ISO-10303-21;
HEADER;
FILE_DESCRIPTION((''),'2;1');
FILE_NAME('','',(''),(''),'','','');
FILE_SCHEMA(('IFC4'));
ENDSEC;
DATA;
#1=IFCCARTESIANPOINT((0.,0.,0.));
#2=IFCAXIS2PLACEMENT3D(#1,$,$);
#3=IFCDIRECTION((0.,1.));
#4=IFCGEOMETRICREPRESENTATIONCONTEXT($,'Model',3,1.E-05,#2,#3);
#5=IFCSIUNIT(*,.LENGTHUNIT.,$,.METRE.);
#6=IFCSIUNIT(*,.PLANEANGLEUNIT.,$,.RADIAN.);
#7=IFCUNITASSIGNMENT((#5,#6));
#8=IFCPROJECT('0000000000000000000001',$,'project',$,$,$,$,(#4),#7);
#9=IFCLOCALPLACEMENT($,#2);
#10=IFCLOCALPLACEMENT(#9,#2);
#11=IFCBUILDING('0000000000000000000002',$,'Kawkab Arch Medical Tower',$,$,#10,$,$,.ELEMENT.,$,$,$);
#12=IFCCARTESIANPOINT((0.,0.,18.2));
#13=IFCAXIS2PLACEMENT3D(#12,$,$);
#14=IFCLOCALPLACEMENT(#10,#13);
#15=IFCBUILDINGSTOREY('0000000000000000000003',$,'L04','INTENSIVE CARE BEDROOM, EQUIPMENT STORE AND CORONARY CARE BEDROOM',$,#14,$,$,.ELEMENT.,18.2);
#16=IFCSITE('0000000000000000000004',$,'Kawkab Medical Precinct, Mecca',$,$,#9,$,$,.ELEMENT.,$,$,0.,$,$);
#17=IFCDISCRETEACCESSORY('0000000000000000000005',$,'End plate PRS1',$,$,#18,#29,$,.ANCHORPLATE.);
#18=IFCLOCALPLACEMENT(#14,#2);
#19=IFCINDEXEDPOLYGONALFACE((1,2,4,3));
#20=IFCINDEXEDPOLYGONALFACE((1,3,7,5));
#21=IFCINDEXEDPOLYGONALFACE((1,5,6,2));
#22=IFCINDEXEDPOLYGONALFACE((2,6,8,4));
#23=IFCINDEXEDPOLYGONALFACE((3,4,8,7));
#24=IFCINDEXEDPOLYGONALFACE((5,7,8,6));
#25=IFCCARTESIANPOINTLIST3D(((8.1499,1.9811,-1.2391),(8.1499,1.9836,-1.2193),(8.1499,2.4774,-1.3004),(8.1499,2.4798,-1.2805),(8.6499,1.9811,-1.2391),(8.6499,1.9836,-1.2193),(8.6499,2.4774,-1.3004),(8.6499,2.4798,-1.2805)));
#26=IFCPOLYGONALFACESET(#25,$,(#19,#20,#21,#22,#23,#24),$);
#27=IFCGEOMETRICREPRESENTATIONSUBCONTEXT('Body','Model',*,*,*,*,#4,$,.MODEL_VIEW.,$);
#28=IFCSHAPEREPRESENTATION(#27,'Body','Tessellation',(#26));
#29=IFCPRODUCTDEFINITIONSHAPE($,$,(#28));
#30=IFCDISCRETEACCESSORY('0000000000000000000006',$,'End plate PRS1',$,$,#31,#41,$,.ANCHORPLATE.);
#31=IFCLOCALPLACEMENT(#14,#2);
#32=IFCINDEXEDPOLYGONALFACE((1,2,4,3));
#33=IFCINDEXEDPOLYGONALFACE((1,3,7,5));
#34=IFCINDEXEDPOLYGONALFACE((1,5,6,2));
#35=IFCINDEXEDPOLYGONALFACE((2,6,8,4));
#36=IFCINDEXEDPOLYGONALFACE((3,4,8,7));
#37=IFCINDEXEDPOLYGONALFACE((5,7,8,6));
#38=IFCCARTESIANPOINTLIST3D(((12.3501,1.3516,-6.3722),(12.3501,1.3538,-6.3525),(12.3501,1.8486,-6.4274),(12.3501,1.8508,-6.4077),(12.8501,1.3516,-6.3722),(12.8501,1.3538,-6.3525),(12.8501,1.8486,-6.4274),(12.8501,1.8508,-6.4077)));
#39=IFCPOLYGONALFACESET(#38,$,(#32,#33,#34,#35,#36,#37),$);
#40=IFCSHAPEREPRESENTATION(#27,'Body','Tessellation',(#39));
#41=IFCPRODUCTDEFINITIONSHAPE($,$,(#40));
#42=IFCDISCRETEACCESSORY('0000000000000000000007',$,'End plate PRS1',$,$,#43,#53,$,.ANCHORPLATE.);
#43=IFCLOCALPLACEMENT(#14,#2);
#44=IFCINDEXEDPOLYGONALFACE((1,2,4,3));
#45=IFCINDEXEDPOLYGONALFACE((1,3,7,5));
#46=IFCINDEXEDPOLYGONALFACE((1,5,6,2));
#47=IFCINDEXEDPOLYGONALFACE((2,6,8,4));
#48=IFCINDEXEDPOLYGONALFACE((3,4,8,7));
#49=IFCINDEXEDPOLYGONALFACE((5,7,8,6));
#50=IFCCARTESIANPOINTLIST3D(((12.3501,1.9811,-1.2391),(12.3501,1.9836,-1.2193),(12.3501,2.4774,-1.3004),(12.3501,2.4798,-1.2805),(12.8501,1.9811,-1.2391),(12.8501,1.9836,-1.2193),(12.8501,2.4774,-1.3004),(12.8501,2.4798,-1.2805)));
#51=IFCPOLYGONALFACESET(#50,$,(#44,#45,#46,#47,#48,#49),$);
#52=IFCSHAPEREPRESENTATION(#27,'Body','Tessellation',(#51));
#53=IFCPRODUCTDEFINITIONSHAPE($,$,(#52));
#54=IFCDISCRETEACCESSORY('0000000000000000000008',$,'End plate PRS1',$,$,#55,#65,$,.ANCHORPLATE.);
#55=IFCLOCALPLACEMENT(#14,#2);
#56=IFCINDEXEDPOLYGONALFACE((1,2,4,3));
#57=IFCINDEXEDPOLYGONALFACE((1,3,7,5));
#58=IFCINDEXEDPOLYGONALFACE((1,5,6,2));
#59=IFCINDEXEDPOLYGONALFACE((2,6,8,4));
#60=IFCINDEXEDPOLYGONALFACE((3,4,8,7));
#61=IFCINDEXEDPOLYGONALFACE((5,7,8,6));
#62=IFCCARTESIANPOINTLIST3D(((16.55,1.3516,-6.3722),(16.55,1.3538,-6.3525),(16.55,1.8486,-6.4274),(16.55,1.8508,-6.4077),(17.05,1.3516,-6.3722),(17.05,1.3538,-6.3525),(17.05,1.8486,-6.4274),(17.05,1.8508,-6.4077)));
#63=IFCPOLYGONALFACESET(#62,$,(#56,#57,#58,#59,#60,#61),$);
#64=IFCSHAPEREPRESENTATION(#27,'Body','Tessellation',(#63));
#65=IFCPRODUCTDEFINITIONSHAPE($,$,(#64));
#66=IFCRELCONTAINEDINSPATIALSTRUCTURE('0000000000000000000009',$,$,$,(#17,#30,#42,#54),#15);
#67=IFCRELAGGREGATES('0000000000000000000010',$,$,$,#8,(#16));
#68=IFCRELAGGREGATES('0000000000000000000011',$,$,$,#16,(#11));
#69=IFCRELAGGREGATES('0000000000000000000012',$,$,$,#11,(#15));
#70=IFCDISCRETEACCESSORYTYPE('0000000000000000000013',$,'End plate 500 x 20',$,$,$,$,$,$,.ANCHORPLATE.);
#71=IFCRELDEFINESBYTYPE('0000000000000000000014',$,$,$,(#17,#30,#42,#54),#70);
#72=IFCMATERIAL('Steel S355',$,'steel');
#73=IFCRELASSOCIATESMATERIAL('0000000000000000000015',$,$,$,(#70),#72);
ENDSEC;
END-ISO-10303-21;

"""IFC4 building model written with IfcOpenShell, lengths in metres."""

from ifc_helpers import new_model, si_unit, direction, frame, origin, origin_2d, place, context, subcontext, project, spatial, rectangle, extrude, material, material_profile, profile_set, type_object, element, save


model = new_model("IFC4")

# Units and contexts
model_context = context("Model", 3, precision=1e-05, world=origin(), true_north=direction((0.0, 1.0)))
body_context = subcontext(model_context, "Body", "Model", "MODEL_VIEW")
ifc_project = project(units=[si_unit("LENGTHUNIT", "METRE"), si_unit("PLANEANGLEUNIT", "RADIAN")], contexts=[model_context])

# Site, building, storey
site_placement = place(None, origin())
site = spatial("IfcSite", under=ifc_project, at=site_placement, Name="Kawkab Medical Precinct, Mecca", CompositionType="ELEMENT", RefElevation=0.0)
building_placement = place(site_placement, origin())
building = spatial("IfcBuilding", under=site, at=building_placement, Name="Kawkab Arch Medical Tower", CompositionType="ELEMENT")
storey_placement = place(building_placement, frame((0.0, 0.0, 18.2)))
storey = spatial("IfcBuildingStorey", under=building, at=storey_placement, Name="L04", Description="INTENSIVE CARE BEDROOM, EQUIPMENT STORE AND CORONARY CARE BEDROOM", CompositionType="ELEMENT", Elevation=18.2)

# Discrete accessories
ifc_material_1 = material(Name="Steel S355", Category="steel")
ifc_material_profile_1 = material_profile(ifc_material_1, rectangle(XDim=0.5, YDim=0.5, at=origin_2d()), Name="End plate 500 x 20")
ifc_profile_set_1 = profile_set([ifc_material_profile_1], Name="Steel S355")
discrete_accessory_type = type_object("IfcDiscreteAccessoryType", Name="End plate 500 x 20", PredefinedType="ANCHORPLATE", material=ifc_profile_set_1)
discrete_accessory_1_placement = place(storey_placement, frame((8.3999, 2.2292, -1.2698), z_axis=(0.0, 0.122527, 0.992465), x_axis=(-1.0, 0.0, 0.0)))
element("IfcDiscreteAccessory", 1, at=discrete_accessory_1_placement, inside=storey, type_object=discrete_accessory_type, Name="End plate PRS1", PredefinedType="ANCHORPLATE", context=body_context, shape_type="SweptSolid", body=[
    extrude(rectangle(XDim=0.5, YDim=0.5, at=origin_2d()), origin(), (0.0, 0.0, 1.0), 0.02),
])
discrete_accessory_2_placement = place(storey_placement, frame((12.6001, 1.6023, -6.3801), z_axis=(0.0, -0.110432, -0.993884), x_axis=(1.0, 0.0, 0.0)))
element("IfcDiscreteAccessory", 2, at=discrete_accessory_2_placement, inside=storey, type_object=discrete_accessory_type, Name="End plate PRS1", PredefinedType="ANCHORPLATE", context=body_context, shape_type="SweptSolid", body=[
    extrude(rectangle(XDim=0.5, YDim=0.5, at=origin_2d()), origin(), (0.0, 0.0, 1.0), 0.0198),
])
discrete_accessory_3_placement = place(storey_placement, frame((12.6001, 2.2292, -1.2698), z_axis=(0.0, 0.122527, 0.992465), x_axis=(-1.0, 0.0, 0.0)))
element("IfcDiscreteAccessory", 3, at=discrete_accessory_3_placement, inside=storey, type_object=discrete_accessory_type, Name="End plate PRS1", PredefinedType="ANCHORPLATE", context=body_context, shape_type="SweptSolid", body=[
    extrude(rectangle(XDim=0.5, YDim=0.5, at=origin_2d()), origin(), (0.0, 0.0, 1.0), 0.02),
])
discrete_accessory_4_placement = place(storey_placement, frame((16.8, 1.6023, -6.3801), z_axis=(0.0, -0.110432, -0.993884), x_axis=(1.0, 0.0, 0.0)))
element("IfcDiscreteAccessory", 4, at=discrete_accessory_4_placement, inside=storey, type_object=discrete_accessory_type, Name="End plate PRS1", PredefinedType="ANCHORPLATE", context=body_context, shape_type="SweptSolid", body=[
    extrude(rectangle(XDim=0.5, YDim=0.5, at=origin_2d()), origin(), (0.0, 0.0, 1.0), 0.0198),
])

save(model, "model.ifc")
